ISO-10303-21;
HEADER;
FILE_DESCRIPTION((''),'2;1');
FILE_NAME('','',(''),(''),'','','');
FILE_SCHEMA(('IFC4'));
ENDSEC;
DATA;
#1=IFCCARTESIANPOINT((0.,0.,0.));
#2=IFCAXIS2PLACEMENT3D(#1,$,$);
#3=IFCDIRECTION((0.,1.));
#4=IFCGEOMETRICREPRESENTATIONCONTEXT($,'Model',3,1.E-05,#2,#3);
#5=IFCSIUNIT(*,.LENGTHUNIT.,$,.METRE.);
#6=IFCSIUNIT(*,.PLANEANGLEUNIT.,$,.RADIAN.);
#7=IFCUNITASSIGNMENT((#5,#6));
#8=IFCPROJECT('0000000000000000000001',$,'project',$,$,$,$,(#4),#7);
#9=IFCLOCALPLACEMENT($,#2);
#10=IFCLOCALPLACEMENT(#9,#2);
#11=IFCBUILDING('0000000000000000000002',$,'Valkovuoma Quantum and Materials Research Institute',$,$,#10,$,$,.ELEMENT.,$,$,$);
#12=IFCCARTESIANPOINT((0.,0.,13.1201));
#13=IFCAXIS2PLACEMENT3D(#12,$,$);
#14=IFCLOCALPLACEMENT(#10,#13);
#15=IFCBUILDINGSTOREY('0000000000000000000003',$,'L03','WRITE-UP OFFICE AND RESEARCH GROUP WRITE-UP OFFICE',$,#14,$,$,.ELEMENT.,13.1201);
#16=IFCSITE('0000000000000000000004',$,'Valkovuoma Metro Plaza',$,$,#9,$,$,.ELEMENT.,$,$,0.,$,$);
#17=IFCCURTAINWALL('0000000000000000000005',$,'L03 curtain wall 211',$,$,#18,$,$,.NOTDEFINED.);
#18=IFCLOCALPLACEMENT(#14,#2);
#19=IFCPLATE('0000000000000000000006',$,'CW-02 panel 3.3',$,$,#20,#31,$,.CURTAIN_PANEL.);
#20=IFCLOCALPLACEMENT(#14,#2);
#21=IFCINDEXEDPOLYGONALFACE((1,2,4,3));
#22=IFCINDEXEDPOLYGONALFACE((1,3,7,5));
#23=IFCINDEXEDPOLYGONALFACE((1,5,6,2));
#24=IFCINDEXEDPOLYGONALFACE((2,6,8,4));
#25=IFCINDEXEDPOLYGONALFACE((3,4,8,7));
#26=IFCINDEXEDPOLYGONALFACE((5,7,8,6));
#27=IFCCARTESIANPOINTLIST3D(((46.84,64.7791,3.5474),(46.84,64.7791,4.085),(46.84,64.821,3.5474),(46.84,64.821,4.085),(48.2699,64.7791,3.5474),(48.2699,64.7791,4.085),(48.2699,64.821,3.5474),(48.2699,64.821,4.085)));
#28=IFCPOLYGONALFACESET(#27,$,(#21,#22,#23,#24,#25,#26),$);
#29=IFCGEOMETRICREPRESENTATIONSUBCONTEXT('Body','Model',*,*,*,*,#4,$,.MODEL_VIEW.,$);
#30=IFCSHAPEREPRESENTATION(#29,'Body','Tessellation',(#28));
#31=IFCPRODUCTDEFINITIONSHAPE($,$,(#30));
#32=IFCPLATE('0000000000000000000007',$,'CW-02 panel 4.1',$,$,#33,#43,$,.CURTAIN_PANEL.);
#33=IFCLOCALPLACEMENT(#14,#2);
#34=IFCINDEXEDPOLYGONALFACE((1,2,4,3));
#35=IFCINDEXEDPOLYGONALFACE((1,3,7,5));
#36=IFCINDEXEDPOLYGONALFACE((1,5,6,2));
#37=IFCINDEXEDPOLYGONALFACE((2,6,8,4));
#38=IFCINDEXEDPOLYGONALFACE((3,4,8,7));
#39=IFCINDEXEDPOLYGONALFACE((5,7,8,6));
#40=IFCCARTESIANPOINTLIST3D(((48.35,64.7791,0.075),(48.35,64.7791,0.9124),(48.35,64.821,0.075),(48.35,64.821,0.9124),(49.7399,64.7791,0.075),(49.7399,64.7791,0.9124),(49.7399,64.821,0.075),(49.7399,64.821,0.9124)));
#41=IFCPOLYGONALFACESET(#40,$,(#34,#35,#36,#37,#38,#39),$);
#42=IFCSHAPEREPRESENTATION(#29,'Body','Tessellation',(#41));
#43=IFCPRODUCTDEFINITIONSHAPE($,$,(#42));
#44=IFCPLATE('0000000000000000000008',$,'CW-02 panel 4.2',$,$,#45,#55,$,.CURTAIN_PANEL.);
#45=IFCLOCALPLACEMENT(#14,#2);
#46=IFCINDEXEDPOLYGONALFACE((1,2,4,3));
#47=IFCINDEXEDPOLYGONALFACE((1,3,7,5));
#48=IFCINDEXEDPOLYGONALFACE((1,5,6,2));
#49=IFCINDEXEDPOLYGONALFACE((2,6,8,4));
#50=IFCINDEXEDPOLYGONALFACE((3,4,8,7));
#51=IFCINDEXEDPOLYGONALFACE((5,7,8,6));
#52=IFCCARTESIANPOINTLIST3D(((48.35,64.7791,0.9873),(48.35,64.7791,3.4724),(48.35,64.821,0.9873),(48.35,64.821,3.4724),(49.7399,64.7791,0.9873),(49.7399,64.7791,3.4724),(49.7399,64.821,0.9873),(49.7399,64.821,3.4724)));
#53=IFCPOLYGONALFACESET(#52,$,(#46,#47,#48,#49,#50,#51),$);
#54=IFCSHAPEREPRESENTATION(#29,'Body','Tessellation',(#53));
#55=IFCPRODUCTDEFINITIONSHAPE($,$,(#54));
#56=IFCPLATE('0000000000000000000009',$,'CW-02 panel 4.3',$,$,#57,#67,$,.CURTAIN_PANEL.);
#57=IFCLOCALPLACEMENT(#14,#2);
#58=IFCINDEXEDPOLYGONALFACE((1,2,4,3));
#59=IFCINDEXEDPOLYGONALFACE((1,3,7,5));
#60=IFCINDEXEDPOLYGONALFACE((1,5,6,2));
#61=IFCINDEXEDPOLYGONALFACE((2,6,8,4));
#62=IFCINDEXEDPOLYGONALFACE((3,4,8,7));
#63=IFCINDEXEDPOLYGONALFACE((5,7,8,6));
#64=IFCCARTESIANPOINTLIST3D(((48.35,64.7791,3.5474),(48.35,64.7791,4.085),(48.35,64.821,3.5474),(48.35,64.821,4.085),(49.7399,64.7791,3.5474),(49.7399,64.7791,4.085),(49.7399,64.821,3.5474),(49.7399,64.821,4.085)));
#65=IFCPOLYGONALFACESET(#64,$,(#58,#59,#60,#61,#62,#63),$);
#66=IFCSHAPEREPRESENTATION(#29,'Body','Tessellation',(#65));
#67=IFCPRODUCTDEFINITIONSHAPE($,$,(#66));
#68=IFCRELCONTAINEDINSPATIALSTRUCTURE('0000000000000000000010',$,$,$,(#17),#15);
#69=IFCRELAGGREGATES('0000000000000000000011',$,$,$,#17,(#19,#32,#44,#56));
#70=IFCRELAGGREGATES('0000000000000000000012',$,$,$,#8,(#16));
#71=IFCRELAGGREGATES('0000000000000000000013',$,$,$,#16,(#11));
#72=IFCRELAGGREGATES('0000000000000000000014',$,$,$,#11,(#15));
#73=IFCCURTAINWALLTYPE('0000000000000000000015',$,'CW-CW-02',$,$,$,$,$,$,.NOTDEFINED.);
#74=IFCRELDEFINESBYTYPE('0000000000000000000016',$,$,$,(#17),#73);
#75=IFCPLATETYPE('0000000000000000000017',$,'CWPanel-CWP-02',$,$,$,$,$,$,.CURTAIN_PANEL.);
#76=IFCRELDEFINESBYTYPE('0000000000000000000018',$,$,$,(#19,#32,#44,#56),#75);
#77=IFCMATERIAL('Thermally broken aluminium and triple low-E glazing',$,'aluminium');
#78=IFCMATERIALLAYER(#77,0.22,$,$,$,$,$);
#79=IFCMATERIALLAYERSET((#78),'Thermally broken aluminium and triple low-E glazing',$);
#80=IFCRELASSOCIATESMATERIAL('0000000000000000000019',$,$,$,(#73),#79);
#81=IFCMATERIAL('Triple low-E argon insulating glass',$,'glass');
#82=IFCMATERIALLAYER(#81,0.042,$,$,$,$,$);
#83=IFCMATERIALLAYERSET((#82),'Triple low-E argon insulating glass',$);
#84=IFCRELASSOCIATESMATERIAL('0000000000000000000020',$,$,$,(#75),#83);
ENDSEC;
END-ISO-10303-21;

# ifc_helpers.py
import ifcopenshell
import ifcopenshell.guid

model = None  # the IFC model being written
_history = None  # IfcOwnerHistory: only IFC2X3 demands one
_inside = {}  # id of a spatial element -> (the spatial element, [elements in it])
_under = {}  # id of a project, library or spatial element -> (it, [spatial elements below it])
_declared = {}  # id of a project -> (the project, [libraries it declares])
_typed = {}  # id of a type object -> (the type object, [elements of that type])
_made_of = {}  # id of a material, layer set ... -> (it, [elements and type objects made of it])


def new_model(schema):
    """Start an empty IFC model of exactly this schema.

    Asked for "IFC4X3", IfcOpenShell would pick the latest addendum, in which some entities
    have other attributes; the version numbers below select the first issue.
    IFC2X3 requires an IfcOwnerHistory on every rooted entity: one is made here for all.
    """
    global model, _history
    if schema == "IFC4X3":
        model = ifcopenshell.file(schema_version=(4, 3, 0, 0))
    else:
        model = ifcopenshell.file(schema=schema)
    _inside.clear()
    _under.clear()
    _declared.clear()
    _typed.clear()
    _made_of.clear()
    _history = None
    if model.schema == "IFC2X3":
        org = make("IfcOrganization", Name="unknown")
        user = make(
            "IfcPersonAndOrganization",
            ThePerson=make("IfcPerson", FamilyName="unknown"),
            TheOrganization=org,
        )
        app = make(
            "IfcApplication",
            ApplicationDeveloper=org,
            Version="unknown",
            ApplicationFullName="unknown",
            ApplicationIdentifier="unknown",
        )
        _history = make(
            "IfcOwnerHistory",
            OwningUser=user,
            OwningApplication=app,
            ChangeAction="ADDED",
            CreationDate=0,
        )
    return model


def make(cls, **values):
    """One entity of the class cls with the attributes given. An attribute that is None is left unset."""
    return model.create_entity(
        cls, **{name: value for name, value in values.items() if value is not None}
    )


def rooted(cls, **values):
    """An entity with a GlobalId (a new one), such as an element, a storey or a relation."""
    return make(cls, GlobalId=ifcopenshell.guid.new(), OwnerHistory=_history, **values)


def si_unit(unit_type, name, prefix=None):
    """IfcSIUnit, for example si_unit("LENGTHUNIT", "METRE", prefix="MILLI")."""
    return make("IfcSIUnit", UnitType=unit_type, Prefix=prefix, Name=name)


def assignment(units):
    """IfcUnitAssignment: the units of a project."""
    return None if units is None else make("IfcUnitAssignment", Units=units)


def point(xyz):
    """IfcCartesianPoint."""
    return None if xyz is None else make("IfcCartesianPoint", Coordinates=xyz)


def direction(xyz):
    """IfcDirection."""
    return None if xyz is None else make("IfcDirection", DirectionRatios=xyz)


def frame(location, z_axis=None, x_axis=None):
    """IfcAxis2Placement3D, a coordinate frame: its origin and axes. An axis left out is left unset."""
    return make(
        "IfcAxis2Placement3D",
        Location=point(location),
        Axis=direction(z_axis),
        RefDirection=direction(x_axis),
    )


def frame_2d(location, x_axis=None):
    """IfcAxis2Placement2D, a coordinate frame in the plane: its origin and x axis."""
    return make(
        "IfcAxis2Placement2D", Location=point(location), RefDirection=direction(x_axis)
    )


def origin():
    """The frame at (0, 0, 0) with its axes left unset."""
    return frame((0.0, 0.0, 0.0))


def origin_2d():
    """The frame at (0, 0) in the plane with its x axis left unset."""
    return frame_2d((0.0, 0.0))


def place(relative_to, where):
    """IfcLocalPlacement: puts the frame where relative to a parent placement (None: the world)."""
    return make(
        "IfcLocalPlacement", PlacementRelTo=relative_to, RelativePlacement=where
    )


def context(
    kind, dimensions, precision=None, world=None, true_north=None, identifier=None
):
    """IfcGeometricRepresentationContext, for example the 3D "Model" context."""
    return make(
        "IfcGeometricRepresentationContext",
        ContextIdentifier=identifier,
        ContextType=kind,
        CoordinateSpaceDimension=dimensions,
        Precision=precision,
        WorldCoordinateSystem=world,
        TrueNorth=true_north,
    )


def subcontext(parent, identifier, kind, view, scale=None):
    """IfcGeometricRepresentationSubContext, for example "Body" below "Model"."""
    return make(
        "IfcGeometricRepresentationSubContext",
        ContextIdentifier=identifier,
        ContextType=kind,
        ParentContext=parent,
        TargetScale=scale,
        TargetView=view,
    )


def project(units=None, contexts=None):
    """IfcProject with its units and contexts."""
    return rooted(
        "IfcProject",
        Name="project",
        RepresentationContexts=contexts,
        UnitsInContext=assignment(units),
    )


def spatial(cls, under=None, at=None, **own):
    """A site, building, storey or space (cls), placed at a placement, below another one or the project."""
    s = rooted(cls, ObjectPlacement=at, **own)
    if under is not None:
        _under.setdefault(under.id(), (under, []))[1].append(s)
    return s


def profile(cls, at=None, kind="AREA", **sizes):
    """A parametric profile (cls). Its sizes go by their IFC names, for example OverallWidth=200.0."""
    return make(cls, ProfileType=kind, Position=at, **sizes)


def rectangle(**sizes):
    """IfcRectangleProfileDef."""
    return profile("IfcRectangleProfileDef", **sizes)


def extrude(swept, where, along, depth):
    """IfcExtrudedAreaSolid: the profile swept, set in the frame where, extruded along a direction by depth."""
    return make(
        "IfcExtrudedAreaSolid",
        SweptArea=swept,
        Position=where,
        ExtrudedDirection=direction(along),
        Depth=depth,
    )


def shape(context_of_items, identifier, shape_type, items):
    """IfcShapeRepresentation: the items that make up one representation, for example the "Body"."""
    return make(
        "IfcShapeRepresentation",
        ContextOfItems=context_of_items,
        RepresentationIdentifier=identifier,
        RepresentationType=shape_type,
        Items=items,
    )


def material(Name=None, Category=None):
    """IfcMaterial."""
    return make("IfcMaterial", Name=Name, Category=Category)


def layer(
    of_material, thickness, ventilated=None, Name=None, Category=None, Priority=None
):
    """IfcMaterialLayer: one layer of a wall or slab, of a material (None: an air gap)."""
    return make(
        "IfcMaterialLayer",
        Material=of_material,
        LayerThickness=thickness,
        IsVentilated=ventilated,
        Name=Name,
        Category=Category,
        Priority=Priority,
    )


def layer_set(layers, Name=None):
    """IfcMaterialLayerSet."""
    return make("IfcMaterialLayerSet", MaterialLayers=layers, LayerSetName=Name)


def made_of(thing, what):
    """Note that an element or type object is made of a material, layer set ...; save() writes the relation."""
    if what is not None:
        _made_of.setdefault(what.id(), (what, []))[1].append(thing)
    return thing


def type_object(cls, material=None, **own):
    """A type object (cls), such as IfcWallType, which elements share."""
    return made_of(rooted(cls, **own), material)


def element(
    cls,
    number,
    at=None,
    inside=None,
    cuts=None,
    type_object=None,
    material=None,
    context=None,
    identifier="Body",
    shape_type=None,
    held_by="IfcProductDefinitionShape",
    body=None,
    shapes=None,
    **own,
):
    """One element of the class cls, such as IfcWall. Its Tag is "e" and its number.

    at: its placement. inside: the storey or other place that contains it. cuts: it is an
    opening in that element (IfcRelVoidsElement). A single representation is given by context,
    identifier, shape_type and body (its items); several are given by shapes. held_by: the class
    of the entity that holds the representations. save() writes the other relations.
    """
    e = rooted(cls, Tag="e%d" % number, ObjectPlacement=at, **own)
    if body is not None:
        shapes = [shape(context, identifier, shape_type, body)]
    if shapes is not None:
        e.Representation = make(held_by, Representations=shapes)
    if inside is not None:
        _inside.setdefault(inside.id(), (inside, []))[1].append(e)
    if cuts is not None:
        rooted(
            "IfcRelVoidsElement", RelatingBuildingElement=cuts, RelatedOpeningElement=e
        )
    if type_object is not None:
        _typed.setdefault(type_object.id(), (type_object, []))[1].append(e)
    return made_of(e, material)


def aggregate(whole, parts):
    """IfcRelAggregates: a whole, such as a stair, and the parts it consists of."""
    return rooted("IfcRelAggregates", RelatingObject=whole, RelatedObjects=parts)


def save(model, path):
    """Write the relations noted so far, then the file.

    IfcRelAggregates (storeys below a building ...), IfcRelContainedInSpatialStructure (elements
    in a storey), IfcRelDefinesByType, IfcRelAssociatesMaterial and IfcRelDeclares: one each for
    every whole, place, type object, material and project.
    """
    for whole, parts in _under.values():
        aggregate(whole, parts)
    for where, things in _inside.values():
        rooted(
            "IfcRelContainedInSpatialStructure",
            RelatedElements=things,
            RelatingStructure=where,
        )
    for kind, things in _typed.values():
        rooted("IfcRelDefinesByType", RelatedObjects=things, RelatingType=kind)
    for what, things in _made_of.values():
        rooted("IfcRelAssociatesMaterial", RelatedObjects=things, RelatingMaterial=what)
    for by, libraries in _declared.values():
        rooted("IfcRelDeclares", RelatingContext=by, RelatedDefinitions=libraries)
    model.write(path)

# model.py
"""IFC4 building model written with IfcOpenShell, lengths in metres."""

from ifc_helpers import new_model, si_unit, direction, frame, origin, origin_2d, place, context, subcontext, project, spatial, rectangle, extrude, material, layer, layer_set, type_object, element, aggregate, save


model = new_model("IFC4")

# Units and contexts
model_context = context("Model", 3, precision=1e-05, world=origin(), true_north=direction((0.0, 1.0)))
body_context = subcontext(model_context, "Body", "Model", "MODEL_VIEW")
ifc_project = project(units=[si_unit("LENGTHUNIT", "METRE"), si_unit("PLANEANGLEUNIT", "RADIAN")], contexts=[model_context])

# Site, building, storey
site_placement = place(None, origin())
site = spatial("IfcSite", under=ifc_project, at=site_placement, Name="Valkovuoma Metro Plaza", CompositionType="ELEMENT", RefElevation=0.0)
building_placement = place(site_placement, origin())
building = spatial("IfcBuilding", under=site, at=building_placement, Name="Valkovuoma Quantum and Materials Research Institute", CompositionType="ELEMENT")
storey_placement = place(building_placement, frame((0.0, 0.0, 13.1201)))
storey = spatial("IfcBuildingStorey", under=building, at=storey_placement, Name="L03", Description="WRITE-UP OFFICE AND RESEARCH GROUP WRITE-UP OFFICE", CompositionType="ELEMENT", Elevation=13.1201)

# Curtain wall, plates
ifc_material_1 = material(Name="Thermally broken aluminium and triple low-E glazing", Category="aluminium")
ifc_layer_1 = layer(ifc_material_1, 0.22)
ifc_layer_set_1 = layer_set([ifc_layer_1], Name="Thermally broken aluminium and triple low-E glazing")
curtain_wall_type = type_object("IfcCurtainWallType", Name="CW-CW-02", PredefinedType="NOTDEFINED", material=ifc_layer_set_1)
curtain_wall_placement = place(storey_placement, origin())
curtain_wall = element("IfcCurtainWall", 1, at=curtain_wall_placement, inside=storey, type_object=curtain_wall_type, Name="L03 curtain wall 211", PredefinedType="NOTDEFINED")
ifc_material_2 = material(Name="Triple low-E argon insulating glass", Category="glass")
ifc_layer_2 = layer(ifc_material_2, 0.042)
ifc_layer_set_2 = layer_set([ifc_layer_2], Name="Triple low-E argon insulating glass")
plate_type = type_object("IfcPlateType", Name="CWPanel-CWP-02", PredefinedType="CURTAIN_PANEL", material=ifc_layer_set_2)
plate_1_placement = place(storey_placement, frame((47.5549, 64.8, 3.5474), z_axis=(0.0, 0.0, 1.0), x_axis=(1.0, 0.0, 0.0)))
plate_1 = element("IfcPlate", 2, at=plate_1_placement, type_object=plate_type, Name="CW-02 panel 3.3", PredefinedType="CURTAIN_PANEL", context=body_context, shape_type="SweptSolid", body=[
    extrude(rectangle(XDim=1.4299, YDim=0.042, at=origin_2d()), origin(), (0.0, 0.0, 1.0), 0.5376),
])
plate_2_placement = place(storey_placement, frame((49.0449, 64.8, 0.075), z_axis=(0.0, 0.0, 1.0), x_axis=(1.0, 0.0, 0.0)))
plate_2 = element("IfcPlate", 3, at=plate_2_placement, type_object=plate_type, Name="CW-02 panel 4.1", PredefinedType="CURTAIN_PANEL", context=body_context, shape_type="SweptSolid", body=[
    extrude(rectangle(XDim=1.3899, YDim=0.042, at=origin_2d()), origin(), (0.0, 0.0, 1.0), 0.8374),
])
plate_3_placement = place(storey_placement, frame((49.0449, 64.8, 0.9873), z_axis=(0.0, 0.0, 1.0), x_axis=(1.0, 0.0, 0.0)))
plate_3 = element("IfcPlate", 4, at=plate_3_placement, type_object=plate_type, Name="CW-02 panel 4.2", PredefinedType="CURTAIN_PANEL", context=body_context, shape_type="SweptSolid", body=[
    extrude(rectangle(XDim=1.3899, YDim=0.042, at=origin_2d()), origin(), (0.0, 0.0, 1.0), 2.4851),
])
plate_4_placement = place(storey_placement, frame((49.0449, 64.8, 3.5474), z_axis=(0.0, 0.0, 1.0), x_axis=(1.0, 0.0, 0.0)))
plate_4 = element("IfcPlate", 5, at=plate_4_placement, type_object=plate_type, Name="CW-02 panel 4.3", PredefinedType="CURTAIN_PANEL", context=body_context, shape_type="SweptSolid", body=[
    extrude(rectangle(XDim=1.3899, YDim=0.042, at=origin_2d()), origin(), (0.0, 0.0, 1.0), 0.5376),
])
aggregate(curtain_wall, [plate_1, plate_2, plate_3, plate_4])

save(model, "model.ifc")
